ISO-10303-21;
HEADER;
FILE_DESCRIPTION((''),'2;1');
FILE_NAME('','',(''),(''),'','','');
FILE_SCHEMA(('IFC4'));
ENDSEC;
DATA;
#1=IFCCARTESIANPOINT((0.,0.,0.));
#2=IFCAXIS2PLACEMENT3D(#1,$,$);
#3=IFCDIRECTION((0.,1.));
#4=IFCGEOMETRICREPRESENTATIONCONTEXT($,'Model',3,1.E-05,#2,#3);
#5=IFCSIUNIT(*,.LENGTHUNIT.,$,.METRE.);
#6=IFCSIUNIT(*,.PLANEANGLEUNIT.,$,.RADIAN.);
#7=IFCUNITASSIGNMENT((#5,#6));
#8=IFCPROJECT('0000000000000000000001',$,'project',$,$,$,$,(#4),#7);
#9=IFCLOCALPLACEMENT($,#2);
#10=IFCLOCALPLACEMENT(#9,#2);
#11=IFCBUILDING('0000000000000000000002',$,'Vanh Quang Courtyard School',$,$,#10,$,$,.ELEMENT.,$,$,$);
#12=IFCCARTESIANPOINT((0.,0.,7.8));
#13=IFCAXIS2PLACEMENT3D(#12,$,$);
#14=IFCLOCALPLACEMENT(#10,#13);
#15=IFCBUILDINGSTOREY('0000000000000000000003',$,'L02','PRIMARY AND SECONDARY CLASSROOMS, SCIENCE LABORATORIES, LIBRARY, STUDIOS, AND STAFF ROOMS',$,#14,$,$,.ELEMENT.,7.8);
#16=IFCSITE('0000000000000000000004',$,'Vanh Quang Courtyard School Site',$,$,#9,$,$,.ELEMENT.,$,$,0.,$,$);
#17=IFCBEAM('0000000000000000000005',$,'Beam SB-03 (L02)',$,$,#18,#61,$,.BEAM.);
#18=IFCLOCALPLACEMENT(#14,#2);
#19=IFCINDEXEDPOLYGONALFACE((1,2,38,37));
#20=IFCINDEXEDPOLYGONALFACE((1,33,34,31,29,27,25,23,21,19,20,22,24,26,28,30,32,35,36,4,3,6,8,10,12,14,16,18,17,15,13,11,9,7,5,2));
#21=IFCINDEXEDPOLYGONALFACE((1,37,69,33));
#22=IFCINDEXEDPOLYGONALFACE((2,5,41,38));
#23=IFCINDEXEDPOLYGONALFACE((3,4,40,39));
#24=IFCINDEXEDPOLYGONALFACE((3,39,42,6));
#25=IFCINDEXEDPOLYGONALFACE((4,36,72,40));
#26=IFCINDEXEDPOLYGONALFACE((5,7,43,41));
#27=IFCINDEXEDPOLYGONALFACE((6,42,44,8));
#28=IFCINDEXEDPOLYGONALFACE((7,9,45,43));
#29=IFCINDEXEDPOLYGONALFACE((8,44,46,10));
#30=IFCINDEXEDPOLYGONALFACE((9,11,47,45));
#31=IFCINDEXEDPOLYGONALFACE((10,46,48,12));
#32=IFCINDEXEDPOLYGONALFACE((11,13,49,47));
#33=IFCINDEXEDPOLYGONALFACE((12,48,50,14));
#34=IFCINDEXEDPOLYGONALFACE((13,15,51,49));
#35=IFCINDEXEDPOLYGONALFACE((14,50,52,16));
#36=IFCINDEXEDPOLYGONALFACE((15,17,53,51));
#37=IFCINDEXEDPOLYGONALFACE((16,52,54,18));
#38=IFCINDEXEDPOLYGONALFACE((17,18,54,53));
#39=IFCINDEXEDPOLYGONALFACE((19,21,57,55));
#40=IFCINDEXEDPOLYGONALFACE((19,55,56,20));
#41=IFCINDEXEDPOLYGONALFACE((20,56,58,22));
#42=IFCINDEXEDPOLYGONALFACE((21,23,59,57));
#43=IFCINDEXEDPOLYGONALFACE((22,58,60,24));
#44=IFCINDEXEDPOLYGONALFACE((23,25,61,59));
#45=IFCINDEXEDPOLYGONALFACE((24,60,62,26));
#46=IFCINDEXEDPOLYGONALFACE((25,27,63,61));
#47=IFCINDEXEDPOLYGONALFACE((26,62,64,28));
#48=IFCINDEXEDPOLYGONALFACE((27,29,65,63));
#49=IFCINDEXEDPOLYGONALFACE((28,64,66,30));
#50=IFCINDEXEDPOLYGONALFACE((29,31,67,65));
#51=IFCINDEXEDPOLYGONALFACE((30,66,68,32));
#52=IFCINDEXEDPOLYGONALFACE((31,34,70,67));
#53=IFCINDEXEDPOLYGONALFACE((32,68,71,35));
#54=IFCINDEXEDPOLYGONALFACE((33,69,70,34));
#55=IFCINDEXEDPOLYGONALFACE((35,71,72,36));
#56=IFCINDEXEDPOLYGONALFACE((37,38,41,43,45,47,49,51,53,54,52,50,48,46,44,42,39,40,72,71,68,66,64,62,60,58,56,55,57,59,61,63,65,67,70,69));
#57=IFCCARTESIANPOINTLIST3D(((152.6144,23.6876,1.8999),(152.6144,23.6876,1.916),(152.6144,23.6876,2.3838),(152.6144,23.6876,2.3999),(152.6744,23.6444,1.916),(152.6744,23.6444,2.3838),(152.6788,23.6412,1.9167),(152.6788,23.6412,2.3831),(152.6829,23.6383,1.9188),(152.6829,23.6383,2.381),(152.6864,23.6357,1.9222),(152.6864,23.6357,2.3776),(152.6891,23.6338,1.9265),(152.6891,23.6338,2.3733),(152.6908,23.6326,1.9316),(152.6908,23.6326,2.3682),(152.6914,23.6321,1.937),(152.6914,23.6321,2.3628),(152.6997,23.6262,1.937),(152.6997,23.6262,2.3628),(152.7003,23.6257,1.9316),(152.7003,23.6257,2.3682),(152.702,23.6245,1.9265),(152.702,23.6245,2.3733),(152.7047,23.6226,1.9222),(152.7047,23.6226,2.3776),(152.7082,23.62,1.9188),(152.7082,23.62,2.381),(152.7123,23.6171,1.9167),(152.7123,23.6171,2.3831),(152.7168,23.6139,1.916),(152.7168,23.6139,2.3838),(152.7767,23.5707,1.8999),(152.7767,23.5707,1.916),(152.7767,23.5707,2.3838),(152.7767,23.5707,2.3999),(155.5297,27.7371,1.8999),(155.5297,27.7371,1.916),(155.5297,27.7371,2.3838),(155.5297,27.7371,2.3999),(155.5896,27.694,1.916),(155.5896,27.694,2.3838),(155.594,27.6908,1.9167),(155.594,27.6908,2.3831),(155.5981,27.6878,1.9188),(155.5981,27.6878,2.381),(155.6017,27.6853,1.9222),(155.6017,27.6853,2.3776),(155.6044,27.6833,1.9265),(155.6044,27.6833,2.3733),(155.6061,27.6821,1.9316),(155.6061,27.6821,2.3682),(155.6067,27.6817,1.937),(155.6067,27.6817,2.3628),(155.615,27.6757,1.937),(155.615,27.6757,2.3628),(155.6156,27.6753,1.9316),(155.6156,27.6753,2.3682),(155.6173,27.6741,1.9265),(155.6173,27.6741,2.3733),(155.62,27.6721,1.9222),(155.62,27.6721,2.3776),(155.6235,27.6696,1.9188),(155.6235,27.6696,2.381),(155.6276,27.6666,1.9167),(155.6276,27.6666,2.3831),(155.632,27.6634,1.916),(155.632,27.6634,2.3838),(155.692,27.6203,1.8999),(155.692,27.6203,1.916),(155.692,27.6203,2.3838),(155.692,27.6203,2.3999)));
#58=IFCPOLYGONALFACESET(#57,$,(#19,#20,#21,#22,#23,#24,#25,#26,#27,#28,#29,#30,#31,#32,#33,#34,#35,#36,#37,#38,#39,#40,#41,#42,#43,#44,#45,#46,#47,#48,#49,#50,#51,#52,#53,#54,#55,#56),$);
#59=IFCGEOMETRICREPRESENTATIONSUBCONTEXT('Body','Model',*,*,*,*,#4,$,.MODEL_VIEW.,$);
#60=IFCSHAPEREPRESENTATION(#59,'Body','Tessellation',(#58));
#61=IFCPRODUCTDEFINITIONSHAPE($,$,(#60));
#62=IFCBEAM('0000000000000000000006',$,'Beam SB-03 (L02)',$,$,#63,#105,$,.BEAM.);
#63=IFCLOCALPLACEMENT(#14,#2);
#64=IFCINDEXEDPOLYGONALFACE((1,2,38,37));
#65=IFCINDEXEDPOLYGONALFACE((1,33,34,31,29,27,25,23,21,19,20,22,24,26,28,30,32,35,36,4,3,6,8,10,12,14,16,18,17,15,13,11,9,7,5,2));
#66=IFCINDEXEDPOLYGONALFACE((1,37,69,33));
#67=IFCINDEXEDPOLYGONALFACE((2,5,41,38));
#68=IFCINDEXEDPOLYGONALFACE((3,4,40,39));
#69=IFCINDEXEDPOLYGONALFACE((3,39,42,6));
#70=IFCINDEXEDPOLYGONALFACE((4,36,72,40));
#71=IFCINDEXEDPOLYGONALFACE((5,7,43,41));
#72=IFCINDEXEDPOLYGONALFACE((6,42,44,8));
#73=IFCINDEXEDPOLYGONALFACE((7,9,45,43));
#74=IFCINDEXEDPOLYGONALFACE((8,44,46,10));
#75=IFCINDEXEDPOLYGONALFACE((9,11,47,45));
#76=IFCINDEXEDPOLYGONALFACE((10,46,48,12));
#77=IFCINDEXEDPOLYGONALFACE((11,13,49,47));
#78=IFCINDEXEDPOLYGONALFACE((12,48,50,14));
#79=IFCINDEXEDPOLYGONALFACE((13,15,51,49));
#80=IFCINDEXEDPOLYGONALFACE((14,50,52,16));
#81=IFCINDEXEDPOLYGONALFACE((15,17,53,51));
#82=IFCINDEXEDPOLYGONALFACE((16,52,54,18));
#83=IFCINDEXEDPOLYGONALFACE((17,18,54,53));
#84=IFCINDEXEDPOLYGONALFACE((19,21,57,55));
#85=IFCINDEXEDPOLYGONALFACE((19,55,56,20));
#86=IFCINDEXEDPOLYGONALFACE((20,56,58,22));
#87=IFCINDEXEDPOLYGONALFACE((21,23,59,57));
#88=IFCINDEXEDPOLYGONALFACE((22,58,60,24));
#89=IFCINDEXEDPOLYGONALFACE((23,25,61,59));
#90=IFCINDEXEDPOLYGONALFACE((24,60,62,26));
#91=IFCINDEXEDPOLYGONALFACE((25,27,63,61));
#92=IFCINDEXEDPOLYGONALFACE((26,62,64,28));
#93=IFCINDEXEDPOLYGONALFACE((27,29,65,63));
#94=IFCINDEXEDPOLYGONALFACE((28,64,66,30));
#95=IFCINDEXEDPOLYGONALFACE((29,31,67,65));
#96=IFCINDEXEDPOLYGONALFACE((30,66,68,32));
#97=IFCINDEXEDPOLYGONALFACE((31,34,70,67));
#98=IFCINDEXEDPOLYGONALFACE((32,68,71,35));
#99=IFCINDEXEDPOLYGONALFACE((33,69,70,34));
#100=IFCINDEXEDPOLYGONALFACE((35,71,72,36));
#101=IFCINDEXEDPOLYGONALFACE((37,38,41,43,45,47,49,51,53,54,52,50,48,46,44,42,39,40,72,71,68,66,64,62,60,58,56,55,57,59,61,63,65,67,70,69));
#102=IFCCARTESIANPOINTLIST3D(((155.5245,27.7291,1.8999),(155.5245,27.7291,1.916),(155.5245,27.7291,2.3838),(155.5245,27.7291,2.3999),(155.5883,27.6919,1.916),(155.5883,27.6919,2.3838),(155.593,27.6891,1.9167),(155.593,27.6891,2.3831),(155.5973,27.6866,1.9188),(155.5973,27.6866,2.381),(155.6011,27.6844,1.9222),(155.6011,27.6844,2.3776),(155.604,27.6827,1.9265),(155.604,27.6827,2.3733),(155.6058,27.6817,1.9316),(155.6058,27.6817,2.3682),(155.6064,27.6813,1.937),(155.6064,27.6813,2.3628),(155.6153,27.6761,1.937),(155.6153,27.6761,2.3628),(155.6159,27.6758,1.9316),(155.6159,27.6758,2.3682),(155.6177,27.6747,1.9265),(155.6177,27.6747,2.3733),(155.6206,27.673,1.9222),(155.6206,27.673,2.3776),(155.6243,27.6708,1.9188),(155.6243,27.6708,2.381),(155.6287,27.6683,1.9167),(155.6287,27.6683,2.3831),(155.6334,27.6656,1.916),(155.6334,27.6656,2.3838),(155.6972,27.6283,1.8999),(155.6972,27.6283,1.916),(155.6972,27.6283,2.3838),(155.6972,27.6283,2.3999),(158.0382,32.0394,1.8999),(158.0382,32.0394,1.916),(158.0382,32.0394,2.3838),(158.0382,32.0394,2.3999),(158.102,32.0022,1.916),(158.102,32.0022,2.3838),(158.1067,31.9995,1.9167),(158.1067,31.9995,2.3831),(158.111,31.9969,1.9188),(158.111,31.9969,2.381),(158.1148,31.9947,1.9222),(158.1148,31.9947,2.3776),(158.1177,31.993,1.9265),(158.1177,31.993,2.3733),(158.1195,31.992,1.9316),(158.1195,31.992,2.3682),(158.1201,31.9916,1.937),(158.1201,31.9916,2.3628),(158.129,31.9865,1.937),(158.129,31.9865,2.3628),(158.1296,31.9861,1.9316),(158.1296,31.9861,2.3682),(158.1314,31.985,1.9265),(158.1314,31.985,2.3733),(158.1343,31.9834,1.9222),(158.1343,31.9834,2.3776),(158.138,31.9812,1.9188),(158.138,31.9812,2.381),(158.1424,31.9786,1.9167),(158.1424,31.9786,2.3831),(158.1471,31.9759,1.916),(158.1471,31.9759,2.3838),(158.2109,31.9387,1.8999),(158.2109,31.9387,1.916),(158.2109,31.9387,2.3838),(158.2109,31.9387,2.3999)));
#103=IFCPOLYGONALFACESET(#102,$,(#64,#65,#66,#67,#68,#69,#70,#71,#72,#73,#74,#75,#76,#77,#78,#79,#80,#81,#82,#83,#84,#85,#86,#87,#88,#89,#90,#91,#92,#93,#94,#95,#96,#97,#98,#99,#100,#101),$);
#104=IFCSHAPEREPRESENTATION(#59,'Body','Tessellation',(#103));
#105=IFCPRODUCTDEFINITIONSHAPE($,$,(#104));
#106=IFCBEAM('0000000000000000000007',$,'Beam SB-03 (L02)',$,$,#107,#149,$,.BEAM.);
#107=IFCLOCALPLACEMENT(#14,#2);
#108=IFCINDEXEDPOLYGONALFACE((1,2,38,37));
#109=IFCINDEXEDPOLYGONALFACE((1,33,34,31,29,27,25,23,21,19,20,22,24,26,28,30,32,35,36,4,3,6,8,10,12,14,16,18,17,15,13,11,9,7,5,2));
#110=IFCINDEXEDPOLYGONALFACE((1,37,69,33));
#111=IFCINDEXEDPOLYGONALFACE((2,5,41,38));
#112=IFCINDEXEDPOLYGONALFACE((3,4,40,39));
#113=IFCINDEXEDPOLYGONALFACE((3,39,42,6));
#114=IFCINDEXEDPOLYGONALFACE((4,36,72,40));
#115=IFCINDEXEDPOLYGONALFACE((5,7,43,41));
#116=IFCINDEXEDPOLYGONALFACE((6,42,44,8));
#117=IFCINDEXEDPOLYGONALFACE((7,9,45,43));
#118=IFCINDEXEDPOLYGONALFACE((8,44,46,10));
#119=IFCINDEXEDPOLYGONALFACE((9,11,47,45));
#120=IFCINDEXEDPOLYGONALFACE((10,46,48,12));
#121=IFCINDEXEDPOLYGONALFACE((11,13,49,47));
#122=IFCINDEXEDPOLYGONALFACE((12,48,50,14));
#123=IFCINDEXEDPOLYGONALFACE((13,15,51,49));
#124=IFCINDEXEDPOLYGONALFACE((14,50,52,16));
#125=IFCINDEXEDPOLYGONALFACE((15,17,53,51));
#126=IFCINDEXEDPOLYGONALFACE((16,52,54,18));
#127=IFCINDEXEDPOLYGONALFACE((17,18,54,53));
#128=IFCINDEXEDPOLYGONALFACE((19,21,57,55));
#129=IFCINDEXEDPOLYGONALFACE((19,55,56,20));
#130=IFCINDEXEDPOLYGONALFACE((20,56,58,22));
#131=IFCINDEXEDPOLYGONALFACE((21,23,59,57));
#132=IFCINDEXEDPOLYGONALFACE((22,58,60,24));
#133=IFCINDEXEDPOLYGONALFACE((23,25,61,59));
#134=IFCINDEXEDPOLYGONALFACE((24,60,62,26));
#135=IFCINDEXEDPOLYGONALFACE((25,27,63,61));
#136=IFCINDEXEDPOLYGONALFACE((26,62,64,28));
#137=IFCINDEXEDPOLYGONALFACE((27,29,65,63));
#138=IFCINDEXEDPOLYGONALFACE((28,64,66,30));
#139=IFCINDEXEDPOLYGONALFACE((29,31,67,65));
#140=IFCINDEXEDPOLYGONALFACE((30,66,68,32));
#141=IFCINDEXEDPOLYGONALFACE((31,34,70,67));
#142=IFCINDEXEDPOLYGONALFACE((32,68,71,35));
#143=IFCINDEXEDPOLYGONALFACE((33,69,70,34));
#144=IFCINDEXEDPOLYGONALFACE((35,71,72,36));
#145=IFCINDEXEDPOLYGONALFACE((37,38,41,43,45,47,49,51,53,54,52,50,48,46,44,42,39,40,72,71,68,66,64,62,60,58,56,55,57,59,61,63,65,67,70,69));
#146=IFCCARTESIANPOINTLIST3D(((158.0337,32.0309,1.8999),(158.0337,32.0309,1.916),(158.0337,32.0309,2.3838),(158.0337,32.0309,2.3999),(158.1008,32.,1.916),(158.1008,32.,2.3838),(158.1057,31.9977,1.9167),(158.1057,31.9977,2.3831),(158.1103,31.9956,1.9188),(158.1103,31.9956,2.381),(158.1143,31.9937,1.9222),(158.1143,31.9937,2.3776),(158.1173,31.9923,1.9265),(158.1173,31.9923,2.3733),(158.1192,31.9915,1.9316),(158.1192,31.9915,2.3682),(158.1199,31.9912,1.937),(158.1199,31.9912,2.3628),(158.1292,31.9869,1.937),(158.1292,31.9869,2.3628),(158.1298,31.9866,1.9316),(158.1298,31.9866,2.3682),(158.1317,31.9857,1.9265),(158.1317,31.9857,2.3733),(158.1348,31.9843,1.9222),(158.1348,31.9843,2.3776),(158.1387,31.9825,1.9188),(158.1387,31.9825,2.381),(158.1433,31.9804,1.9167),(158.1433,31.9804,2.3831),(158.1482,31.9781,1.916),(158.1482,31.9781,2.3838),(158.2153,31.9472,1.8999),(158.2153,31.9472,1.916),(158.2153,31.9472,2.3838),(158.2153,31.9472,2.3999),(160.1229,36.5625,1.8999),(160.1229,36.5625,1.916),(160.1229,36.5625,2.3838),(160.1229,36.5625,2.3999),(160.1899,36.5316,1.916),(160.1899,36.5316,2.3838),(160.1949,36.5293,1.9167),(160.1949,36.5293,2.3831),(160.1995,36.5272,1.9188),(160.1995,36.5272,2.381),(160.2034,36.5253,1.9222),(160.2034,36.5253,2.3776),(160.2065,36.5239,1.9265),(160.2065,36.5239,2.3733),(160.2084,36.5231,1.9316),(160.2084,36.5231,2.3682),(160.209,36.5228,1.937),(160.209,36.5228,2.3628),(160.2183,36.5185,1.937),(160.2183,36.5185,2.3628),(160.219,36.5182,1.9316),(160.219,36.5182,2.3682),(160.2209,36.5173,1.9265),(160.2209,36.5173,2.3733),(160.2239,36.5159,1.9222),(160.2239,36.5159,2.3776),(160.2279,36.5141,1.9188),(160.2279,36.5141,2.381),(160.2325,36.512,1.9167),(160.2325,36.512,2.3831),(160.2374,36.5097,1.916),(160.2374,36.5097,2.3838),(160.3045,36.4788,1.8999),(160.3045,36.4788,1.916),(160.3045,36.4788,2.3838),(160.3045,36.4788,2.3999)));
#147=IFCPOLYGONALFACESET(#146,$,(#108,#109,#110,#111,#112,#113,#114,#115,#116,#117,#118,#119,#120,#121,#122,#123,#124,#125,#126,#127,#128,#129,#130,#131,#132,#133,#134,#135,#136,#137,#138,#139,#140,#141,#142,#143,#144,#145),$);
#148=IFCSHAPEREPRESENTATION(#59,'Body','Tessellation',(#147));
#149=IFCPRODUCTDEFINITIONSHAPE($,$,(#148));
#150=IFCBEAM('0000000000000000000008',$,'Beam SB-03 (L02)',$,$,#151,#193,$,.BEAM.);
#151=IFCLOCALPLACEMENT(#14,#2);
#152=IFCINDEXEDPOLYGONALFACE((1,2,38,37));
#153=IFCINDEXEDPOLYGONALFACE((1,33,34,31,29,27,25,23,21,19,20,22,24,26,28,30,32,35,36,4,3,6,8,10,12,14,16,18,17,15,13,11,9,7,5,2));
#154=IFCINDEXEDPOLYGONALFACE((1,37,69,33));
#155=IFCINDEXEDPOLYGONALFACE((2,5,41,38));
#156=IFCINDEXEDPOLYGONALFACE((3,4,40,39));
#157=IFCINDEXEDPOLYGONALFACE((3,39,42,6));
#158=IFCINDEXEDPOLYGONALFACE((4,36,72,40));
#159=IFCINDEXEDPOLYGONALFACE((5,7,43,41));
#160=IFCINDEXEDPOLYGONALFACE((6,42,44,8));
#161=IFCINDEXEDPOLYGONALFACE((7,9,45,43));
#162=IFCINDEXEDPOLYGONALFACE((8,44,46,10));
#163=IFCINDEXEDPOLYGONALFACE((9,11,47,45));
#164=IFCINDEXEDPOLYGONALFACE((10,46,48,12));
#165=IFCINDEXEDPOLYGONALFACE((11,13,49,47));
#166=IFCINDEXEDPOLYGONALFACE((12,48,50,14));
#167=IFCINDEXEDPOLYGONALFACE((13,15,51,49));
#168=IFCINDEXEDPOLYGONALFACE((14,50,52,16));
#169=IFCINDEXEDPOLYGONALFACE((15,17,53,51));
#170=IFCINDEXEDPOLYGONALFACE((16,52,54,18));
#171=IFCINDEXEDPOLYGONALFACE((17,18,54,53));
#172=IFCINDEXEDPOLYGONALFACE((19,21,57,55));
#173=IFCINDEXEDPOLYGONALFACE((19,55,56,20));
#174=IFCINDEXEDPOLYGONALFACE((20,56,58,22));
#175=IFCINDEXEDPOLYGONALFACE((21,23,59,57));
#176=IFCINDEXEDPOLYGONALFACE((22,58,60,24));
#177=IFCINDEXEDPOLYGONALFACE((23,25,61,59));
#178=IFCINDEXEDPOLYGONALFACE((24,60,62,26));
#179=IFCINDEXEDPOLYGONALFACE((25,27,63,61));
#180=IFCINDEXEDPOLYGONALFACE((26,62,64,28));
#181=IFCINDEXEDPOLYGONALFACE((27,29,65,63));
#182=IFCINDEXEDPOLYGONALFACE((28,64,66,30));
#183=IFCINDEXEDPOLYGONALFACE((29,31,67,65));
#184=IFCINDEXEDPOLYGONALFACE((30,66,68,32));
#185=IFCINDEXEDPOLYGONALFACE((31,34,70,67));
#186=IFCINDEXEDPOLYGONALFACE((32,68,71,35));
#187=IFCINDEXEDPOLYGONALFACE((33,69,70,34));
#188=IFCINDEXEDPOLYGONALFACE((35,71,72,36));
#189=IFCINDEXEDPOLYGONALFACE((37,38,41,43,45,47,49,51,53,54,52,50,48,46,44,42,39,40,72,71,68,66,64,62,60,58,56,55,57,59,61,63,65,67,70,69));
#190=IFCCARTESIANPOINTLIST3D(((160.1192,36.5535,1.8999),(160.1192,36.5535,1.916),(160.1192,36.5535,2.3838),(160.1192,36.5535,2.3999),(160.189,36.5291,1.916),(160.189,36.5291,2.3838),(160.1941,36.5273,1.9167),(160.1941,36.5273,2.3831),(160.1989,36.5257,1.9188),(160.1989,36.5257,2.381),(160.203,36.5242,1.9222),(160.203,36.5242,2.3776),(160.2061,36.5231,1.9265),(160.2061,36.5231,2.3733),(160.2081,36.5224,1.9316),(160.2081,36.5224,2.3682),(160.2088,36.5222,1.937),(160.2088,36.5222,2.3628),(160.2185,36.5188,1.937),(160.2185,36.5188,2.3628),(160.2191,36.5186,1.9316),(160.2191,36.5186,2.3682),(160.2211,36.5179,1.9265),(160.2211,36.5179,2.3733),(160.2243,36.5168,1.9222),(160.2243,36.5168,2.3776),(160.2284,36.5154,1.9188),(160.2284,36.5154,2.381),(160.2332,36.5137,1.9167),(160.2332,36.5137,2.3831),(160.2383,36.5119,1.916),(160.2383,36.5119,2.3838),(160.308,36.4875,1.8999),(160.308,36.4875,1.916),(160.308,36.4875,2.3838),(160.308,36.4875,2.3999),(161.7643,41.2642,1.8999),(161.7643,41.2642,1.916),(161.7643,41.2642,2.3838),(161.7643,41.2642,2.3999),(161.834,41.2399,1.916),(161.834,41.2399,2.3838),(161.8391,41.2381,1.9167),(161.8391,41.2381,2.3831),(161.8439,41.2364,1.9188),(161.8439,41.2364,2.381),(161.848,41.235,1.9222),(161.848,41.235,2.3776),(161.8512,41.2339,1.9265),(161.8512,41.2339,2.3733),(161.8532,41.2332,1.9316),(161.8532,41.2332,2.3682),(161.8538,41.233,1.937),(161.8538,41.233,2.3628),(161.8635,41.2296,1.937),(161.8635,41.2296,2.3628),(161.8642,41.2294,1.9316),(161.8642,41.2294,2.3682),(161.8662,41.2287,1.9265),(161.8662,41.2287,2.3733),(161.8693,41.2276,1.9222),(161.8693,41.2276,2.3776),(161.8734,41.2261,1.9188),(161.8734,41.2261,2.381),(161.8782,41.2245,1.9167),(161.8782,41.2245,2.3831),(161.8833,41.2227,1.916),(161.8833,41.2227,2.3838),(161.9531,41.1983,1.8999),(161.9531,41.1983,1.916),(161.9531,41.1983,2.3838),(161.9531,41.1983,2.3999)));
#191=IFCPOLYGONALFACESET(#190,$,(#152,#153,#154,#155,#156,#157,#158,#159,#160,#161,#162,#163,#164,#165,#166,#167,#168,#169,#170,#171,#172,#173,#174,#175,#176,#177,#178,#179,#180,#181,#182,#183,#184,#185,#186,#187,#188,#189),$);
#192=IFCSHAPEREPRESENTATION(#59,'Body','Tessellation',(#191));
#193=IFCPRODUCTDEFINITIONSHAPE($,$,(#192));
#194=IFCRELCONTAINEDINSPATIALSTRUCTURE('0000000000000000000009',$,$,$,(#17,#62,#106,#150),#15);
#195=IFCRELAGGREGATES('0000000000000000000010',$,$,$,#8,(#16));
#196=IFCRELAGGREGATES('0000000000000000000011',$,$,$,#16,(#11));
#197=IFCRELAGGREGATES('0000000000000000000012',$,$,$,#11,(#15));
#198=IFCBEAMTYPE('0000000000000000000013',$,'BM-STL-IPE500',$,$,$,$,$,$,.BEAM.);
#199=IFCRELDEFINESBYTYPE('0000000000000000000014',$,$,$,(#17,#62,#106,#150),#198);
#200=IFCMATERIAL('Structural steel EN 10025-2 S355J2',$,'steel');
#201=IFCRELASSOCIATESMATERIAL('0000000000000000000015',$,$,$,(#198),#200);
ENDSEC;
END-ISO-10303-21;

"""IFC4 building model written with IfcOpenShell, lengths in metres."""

from ifc_helpers import new_model, si_unit, direction, frame, origin, origin_2d, place, context, subcontext, project, spatial, i_section, extrude, material, material_profile, profile_set, type_object, element, save


model = new_model("IFC4")

# Units and contexts
model_context = context("Model", 3, precision=1e-05, world=origin(), true_north=direction((0.0, 1.0)))
body_context = subcontext(model_context, "Body", "Model", "MODEL_VIEW")
ifc_project = project(units=[si_unit("LENGTHUNIT", "METRE"), si_unit("PLANEANGLEUNIT", "RADIAN")], contexts=[model_context])

# Site, building, storey
site_placement = place(None, origin())
site = spatial("IfcSite", under=ifc_project, at=site_placement, Name="Vanh Quang Courtyard School Site", CompositionType="ELEMENT", RefElevation=0.0)
building_placement = place(site_placement, origin())
building = spatial("IfcBuilding", under=site, at=building_placement, Name="Vanh Quang Courtyard School", CompositionType="ELEMENT")
storey_placement = place(building_placement, frame((0.0, 0.0, 7.8)))
storey = spatial("IfcBuildingStorey", under=building, at=storey_placement, Name="L02", Description="PRIMARY AND SECONDARY CLASSROOMS, SCIENCE LABORATORIES, LIBRARY, STUDIOS, AND STAFF ROOMS", CompositionType="ELEMENT", Elevation=7.8)

# Beams
ifc_material_1 = material(Name="Structural steel EN 10025-2 S355J2", Category="steel")
ifc_material_profile_1 = material_profile(ifc_material_1, i_section(OverallWidth=0.2, OverallDepth=0.5, WebThickness=0.0103, FlangeThickness=0.0161, FilletRadius=0.021, at=origin_2d()), Name="IPE 500")
ifc_profile_set_1 = profile_set([ifc_material_profile_1], Name="Structural steel EN 10025-2 S355J2")
beam_type_1 = type_object("IfcBeamType", Name="BM-STL-IPE500", PredefinedType="BEAM", material=ifc_profile_set_1)
for number, where, z_axis, x_axis, name in (
    (1, (152.6956, 23.6292, 2.1499), (0.584252, 0.811572, 0.0), (-0.811572, 0.584252, 0.0), "Beam SB-03 (L02)"),
    (2, (155.6108, 27.6787, 2.1499), (0.503771, 0.863837, 0.0), (-0.863837, 0.503771, 0.0), "Beam SB-03 (L02)"),
):
    element("IfcBeam", number, at=place(storey_placement, frame(where, z_axis=z_axis, x_axis=x_axis)), inside=storey, type_object=beam_type_1, Name=name, PredefinedType="BEAM", context=body_context, shape_type="SweptSolid", body=[
        extrude(i_section(OverallWidth=0.2, OverallDepth=0.5, WebThickness=0.0103, FlangeThickness=0.0161, FilletRadius=0.021, at=origin_2d()), origin(), (0.0, 0.0, 1.0), 4.9897),
    ])
beam_placement = place(storey_placement, frame((158.1245, 31.989, 2.1499), z_axis=(0.41867, 0.908138, 0.0), x_axis=(-0.908138, 0.41867, 0.0)))
element("IfcBeam", 3, at=beam_placement, inside=storey, type_object=beam_type_1, Name="Beam SB-03 (L02)", PredefinedType="BEAM", context=body_context, shape_type="SweptSolid", body=[
    extrude(i_section(OverallWidth=0.2, OverallDepth=0.5, WebThickness=0.0103, FlangeThickness=0.0161, FilletRadius=0.021, at=origin_2d()), origin(), (0.0, 0.0, 1.0), 4.99),
])
for number, where, z_axis, x_axis, name in (
    (4, (160.2136, 36.5205, 2.1499), (0.329686, 0.944091, 0.0), (-0.944091, 0.329686, 0.0), "Beam SB-03 (L02)"),
):
    element("IfcBeam", number, at=place(storey_placement, frame(where, z_axis=z_axis, x_axis=x_axis)), inside=storey, type_object=beam_type_1, Name=name, PredefinedType="BEAM", context=body_context, shape_type="SweptSolid", body=[
        extrude(i_section(OverallWidth=0.2, OverallDepth=0.5, WebThickness=0.0103, FlangeThickness=0.0161, FilletRadius=0.021, at=origin_2d()), origin(), (0.0, 0.0, 1.0), 4.9897),
    ])

save(model, "model.ifc")
